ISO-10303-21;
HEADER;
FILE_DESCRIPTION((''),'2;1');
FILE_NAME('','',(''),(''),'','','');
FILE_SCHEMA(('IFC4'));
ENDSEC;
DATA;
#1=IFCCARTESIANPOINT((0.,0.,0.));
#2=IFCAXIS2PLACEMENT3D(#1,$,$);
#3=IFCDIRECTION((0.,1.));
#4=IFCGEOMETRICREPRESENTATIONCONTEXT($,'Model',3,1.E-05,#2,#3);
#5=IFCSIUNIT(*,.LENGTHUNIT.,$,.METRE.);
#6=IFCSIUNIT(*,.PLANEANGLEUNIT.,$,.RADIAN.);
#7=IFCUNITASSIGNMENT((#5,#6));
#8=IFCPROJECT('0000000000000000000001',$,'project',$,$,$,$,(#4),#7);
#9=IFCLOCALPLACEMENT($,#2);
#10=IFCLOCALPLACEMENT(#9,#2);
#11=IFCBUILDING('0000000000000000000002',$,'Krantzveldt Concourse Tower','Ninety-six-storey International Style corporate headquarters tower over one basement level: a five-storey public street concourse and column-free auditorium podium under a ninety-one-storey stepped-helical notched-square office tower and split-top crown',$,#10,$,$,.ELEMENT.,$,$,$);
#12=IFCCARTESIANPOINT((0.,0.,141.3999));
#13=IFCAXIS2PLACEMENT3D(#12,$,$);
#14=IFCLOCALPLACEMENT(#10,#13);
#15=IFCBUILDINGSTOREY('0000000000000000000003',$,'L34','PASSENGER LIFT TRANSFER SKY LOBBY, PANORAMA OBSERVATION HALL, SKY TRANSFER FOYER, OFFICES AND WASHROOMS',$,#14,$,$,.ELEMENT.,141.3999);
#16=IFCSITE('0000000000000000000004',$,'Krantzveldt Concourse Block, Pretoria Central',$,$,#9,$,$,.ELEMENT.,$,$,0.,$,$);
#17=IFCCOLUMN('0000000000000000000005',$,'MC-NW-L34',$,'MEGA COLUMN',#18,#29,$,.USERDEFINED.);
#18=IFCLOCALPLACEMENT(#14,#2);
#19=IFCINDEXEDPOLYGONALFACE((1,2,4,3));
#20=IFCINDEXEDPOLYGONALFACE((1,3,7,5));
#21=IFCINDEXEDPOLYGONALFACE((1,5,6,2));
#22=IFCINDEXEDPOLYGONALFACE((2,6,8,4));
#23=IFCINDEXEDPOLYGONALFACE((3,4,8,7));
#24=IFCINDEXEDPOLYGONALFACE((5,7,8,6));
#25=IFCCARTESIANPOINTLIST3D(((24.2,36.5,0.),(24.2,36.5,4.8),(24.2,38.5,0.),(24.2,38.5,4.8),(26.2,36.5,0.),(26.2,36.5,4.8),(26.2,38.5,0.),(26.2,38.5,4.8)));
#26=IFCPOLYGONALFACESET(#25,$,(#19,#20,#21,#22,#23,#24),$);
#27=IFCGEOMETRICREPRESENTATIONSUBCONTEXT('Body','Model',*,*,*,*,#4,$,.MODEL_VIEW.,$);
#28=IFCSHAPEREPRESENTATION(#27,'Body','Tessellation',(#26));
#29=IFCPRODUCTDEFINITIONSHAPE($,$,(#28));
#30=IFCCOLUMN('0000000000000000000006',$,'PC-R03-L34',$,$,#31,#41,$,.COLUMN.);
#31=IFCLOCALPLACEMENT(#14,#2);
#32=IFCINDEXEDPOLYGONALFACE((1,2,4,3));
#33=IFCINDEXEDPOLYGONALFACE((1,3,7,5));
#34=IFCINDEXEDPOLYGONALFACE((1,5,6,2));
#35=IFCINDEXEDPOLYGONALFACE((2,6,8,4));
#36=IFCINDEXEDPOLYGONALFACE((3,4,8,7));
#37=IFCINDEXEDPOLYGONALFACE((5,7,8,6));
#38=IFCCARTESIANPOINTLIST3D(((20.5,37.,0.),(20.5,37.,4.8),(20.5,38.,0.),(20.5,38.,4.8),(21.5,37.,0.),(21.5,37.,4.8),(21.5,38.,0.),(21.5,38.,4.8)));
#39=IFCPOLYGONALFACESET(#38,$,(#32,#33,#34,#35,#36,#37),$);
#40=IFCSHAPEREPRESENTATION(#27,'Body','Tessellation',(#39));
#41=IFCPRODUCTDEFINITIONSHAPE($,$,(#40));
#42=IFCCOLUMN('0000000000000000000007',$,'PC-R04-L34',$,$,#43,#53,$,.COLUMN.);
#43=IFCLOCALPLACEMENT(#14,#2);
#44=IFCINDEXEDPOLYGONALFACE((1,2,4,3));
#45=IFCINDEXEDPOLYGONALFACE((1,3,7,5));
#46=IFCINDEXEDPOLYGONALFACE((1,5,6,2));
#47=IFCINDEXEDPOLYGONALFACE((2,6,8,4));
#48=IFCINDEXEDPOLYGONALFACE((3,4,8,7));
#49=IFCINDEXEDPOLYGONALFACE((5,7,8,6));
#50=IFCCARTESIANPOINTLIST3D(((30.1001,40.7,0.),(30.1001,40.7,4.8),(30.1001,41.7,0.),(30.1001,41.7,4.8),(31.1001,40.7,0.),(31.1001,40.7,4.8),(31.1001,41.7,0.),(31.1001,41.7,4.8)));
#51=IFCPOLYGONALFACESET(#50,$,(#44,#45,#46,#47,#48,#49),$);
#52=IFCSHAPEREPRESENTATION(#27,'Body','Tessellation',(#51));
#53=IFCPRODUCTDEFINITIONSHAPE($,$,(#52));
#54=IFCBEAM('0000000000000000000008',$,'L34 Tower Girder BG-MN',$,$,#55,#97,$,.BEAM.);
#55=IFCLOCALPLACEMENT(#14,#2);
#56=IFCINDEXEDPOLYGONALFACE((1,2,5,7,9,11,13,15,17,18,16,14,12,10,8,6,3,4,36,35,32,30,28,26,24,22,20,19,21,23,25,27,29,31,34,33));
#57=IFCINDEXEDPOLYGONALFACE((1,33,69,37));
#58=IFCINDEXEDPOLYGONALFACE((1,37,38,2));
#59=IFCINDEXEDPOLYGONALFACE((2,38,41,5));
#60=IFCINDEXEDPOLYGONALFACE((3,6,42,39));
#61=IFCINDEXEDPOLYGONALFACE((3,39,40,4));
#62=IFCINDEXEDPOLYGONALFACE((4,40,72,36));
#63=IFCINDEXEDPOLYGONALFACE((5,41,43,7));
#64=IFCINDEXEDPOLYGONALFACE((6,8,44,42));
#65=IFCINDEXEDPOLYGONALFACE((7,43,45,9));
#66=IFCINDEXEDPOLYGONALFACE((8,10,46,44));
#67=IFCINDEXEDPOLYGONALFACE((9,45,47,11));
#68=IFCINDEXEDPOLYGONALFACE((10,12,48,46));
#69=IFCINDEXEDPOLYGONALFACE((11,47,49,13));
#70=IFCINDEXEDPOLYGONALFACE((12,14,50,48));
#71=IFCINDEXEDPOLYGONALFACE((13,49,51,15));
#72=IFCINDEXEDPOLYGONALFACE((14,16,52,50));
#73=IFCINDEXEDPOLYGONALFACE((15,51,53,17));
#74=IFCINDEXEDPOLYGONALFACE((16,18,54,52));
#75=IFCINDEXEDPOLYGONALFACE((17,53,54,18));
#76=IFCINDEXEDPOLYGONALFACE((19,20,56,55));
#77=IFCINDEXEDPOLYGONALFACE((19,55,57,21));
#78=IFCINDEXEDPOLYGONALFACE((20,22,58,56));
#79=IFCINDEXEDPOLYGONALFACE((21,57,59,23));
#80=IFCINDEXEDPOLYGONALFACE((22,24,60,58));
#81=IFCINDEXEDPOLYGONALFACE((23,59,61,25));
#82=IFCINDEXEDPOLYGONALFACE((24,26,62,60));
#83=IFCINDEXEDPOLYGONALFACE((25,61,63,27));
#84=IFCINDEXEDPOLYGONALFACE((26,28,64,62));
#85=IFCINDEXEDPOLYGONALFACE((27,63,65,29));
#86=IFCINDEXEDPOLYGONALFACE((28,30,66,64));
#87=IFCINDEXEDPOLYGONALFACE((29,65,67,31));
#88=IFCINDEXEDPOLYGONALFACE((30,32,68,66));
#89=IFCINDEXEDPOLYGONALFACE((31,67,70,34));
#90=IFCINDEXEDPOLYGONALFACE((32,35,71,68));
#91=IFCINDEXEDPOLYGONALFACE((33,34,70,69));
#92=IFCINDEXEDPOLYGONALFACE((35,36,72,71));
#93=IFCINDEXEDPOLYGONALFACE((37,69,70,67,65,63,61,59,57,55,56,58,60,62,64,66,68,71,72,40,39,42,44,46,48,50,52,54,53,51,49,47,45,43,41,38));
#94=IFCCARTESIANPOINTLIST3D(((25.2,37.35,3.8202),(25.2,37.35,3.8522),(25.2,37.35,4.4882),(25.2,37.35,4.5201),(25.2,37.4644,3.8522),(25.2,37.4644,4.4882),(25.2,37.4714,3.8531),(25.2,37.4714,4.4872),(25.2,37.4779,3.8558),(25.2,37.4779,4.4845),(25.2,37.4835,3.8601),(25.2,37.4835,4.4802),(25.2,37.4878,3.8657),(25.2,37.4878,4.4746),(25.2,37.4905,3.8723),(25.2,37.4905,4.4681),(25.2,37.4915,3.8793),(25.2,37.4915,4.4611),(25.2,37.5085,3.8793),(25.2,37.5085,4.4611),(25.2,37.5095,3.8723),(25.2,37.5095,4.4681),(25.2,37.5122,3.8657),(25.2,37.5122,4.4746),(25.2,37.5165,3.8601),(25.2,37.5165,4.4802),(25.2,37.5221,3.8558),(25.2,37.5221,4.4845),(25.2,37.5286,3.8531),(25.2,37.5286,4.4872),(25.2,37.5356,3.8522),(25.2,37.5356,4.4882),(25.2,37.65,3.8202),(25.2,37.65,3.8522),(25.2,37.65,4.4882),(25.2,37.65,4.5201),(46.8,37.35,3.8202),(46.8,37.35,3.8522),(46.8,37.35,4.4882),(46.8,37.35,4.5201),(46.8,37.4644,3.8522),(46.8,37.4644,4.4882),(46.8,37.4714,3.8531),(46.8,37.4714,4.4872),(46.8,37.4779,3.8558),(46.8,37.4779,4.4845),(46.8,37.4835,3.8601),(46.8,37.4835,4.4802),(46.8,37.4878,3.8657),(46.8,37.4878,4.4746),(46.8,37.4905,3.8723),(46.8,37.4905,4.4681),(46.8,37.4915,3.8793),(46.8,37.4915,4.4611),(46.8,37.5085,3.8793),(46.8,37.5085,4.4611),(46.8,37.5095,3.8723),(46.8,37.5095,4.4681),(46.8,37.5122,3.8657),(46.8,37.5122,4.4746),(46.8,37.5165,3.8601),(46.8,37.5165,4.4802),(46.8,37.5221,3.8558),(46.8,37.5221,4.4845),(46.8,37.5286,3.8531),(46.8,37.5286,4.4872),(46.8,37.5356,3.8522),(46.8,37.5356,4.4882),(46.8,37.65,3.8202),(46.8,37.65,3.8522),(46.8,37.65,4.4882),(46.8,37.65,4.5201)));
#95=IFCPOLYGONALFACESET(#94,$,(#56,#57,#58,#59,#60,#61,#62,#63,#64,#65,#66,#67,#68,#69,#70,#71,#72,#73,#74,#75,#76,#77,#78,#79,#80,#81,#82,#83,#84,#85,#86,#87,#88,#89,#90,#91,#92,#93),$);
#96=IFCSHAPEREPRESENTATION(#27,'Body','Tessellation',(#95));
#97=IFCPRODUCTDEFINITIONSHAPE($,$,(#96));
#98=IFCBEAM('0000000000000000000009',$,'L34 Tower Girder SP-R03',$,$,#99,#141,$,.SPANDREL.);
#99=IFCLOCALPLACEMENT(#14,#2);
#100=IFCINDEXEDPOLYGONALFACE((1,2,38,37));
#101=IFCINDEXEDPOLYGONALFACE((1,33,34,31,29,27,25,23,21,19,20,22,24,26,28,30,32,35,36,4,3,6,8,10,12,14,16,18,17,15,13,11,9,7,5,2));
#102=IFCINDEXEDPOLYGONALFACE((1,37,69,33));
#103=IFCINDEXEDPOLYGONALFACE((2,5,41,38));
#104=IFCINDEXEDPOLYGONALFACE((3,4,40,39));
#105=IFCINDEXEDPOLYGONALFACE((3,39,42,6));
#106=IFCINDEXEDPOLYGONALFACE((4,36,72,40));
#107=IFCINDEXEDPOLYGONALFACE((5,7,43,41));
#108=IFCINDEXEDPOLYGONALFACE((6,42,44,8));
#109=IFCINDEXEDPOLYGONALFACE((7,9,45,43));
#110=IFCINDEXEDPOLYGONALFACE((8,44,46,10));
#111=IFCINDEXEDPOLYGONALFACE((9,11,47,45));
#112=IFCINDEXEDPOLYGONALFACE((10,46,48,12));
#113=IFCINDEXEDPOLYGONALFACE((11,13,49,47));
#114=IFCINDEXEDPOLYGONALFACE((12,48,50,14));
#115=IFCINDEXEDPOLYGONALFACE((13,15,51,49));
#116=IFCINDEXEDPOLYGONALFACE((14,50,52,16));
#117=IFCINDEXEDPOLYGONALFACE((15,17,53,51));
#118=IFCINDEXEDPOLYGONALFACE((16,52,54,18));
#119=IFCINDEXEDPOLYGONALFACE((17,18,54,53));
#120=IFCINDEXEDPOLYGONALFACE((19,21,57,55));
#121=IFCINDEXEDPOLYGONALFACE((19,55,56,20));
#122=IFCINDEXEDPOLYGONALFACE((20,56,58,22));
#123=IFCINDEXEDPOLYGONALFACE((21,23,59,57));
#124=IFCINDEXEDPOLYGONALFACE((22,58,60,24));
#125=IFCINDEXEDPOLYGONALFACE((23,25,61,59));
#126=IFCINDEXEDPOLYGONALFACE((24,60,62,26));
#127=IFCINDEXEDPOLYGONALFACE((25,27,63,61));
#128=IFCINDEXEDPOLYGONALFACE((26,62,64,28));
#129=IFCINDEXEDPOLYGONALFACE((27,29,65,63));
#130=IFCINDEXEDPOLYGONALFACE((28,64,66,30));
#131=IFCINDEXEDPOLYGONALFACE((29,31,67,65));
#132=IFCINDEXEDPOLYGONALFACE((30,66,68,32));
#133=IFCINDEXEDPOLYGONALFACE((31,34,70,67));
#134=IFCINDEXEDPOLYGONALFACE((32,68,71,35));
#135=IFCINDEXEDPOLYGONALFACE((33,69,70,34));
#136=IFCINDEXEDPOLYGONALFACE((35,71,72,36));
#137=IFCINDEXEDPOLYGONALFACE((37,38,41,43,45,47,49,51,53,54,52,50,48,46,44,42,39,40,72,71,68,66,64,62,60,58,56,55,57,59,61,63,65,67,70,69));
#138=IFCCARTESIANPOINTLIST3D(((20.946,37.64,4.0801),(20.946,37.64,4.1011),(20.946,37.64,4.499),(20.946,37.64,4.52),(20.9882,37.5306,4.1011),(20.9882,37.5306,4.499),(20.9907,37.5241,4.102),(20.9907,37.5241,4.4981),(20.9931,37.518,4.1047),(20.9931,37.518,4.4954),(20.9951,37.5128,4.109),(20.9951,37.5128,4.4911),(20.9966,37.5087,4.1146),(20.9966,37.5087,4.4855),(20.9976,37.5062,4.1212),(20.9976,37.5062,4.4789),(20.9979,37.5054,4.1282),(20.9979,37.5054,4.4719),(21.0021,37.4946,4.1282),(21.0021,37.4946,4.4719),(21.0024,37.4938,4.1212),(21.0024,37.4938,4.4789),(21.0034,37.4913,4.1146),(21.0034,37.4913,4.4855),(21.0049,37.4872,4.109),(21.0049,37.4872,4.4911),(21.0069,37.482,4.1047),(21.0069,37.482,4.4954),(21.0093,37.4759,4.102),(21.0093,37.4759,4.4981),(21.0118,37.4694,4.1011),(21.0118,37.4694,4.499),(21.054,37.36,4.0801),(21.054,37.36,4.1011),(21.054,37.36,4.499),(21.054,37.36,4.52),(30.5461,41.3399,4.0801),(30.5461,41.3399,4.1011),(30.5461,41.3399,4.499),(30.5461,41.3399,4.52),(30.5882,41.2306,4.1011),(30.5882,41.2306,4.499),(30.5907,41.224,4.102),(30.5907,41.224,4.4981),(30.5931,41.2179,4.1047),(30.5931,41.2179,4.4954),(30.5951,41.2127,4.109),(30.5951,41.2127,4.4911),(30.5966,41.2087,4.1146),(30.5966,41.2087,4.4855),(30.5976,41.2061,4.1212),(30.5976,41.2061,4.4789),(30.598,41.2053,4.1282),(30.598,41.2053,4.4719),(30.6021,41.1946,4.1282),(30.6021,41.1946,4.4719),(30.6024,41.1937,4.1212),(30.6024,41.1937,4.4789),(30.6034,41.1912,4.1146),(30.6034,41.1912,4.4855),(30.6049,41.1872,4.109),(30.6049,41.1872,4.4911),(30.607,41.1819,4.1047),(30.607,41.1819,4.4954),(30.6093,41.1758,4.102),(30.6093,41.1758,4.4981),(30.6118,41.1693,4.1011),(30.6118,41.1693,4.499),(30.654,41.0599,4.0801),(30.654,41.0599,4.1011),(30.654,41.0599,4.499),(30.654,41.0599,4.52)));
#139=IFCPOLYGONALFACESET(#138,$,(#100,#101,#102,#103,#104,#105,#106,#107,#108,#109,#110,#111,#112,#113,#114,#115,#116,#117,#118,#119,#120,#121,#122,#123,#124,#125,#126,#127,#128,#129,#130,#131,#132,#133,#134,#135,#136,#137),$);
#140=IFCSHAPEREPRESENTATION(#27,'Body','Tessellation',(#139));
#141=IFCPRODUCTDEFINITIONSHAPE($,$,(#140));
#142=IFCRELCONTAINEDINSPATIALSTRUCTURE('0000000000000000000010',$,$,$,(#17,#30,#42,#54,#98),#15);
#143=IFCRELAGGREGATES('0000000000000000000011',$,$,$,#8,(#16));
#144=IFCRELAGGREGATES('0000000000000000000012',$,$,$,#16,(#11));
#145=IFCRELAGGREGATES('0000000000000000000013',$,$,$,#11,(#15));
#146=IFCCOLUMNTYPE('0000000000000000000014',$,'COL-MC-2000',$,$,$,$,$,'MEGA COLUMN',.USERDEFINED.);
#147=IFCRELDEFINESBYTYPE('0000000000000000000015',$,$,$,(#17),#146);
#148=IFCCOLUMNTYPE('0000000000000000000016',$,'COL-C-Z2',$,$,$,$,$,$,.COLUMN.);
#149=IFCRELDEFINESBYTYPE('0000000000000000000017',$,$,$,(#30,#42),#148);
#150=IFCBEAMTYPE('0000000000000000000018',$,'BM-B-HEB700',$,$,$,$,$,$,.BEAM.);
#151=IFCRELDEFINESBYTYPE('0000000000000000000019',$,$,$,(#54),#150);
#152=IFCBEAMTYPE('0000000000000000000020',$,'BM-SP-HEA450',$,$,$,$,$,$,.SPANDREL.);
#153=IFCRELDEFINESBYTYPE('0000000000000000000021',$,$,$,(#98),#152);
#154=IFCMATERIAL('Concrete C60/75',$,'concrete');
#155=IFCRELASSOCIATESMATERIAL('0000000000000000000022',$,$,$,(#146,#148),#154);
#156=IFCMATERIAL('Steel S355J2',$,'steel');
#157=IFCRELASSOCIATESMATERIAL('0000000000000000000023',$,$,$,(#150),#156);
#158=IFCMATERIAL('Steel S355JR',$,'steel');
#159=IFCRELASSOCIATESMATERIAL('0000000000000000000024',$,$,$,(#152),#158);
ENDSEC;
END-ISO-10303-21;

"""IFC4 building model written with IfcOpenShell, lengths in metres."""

from ifc_helpers import new_model, si_unit, direction, frame, origin, origin_2d, place, context, subcontext, project, spatial, rectangle, i_section, extrude, source, transform, mapped, material, material_profile, profile_set, type_object, type_shapes, element, save


model = new_model("IFC4")

# Units and contexts
model_context = context("Model", 3, precision=1e-05, world=origin(), true_north=direction((0.0, 1.0)))
body_context = subcontext(model_context, "Body", "Model", "MODEL_VIEW")
ifc_project = project(units=[si_unit("LENGTHUNIT", "METRE"), si_unit("PLANEANGLEUNIT", "RADIAN")], contexts=[model_context])

# Site, building, storey
site_placement = place(None, origin())
site = spatial("IfcSite", under=ifc_project, at=site_placement, Name="Krantzveldt Concourse Block, Pretoria Central", CompositionType="ELEMENT", RefElevation=0.0)
building_placement = place(site_placement, origin())
building = spatial("IfcBuilding", under=site, at=building_placement, Name="Krantzveldt Concourse Tower", Description="Ninety-six-storey International Style corporate headquarters tower over one basement level: a five-storey public street concourse and column-free auditorium podium under a ninety-one-storey stepped-helical notched-square office tower and split-top crown", CompositionType="ELEMENT")
storey_placement = place(building_placement, frame((0.0, 0.0, 141.3999)))
storey = spatial("IfcBuildingStorey", under=building, at=storey_placement, Name="L34", Description="PASSENGER LIFT TRANSFER SKY LOBBY, PANORAMA OBSERVATION HALL, SKY TRANSFER FOYER, OFFICES AND WASHROOMS", CompositionType="ELEMENT", Elevation=141.3999)

# Columns
ifc_material_1 = material(Name="Concrete C60/75", Category="concrete")
ifc_material_profile_1 = material_profile(ifc_material_1, rectangle(XDim=2.0, YDim=2.0, at=origin_2d()), Name="Concrete C60/75", Category="concrete")
ifc_profile_set_1 = profile_set([ifc_material_profile_1], Name="Concrete C60/75 - RC 2000x2000")
column_type_1 = type_object("IfcColumnType", Name="COL-MC-2000", ElementType="MEGA COLUMN", PredefinedType="USERDEFINED", material=ifc_profile_set_1)
shared_shape_1 = source(origin(), body_context, "Body", "SweptSolid", [
    extrude(rectangle(XDim=2.0, YDim=2.0, at=origin_2d()), origin(), (0.0, 0.0, 1.0), 4.8),
])
type_shapes(column_type_1, [shared_shape_1])
column_placement = place(storey_placement, frame((25.2, 37.5, 0.0), z_axis=(0.0, 0.0, 1.0), x_axis=(1.0, 0.0, 0.0)))
element("IfcColumn", 1, at=column_placement, inside=storey, type_object=column_type_1, Name="MC-NW-L34", ObjectType="MEGA COLUMN", PredefinedType="USERDEFINED", context=body_context, shape_type="MappedRepresentation", body=[
    mapped(shared_shape_1, transform((0.0, 0.0, 0.0), x_axis=(1.0, 0.0, 0.0), y_axis=(0.0, 1.0, 0.0), z_axis=(0.0, 0.0, 1.0), scale=1.0)),
])
ifc_material_profile_2 = material_profile(ifc_material_1, rectangle(XDim=1.0, YDim=1.0, at=origin_2d()), Name="Concrete C60/75", Category="concrete")
ifc_profile_set_2 = profile_set([ifc_material_profile_2], Name="Concrete C60/75 - RC 1000x1000")
column_type_2 = type_object("IfcColumnType", Name="COL-C-Z2", PredefinedType="COLUMN", material=ifc_profile_set_2)
shared_shape_2 = source(origin(), body_context, "Body", "SweptSolid", [
    extrude(rectangle(XDim=1.0, YDim=1.0, at=origin_2d()), origin(), (0.0, 0.0, 1.0), 4.8),
])
type_shapes(column_type_2, [shared_shape_2])
for number, where, z_axis, x_axis, name in (
    (2, (21.0, 37.5, 0.0), (0.0, 0.0, 1.0), (1.0, 0.0, 0.0), "PC-R03-L34"),
    (3, (30.6001, 41.2, 0.0), (0.0, 0.0, 1.0), (1.0, 0.0, 0.0), "PC-R04-L34"),
):
    element("IfcColumn", number, at=place(storey_placement, frame(where, z_axis=z_axis, x_axis=x_axis)), inside=storey, type_object=column_type_2, Name=name, PredefinedType="COLUMN", context=body_context, shape_type="MappedRepresentation", body=[
        mapped(shared_shape_2, transform((0.0, 0.0, 0.0), x_axis=(1.0, 0.0, 0.0), y_axis=(0.0, 1.0, 0.0), z_axis=(0.0, 0.0, 1.0), scale=1.0)),
    ])

# Beams
ifc_material_2 = material(Name="Steel S355J2", Category="steel")
ifc_material_profile_3 = material_profile(ifc_material_2, i_section(OverallWidth=0.3, OverallDepth=0.7, WebThickness=0.0171, FlangeThickness=0.032, FilletRadius=0.0271, at=origin_2d()), Name="Steel S355J2", Category="steel")
ifc_profile_set_3 = profile_set([ifc_material_profile_3], Name="Steel S355J2 - HEB 700")
beam_type_1 = type_object("IfcBeamType", Name="BM-B-HEB700", PredefinedType="BEAM", material=ifc_profile_set_3)
shared_shape_3 = source(origin(), body_context, "Body", "SweptSolid", [
    extrude(i_section(OverallWidth=0.3, OverallDepth=0.7, WebThickness=0.0171, FlangeThickness=0.032, FilletRadius=0.0271, at=origin_2d()), origin(), (0.0, 0.0, 1.0), 21.6001),
])
type_shapes(beam_type_1, [shared_shape_3])
beam_1_placement = place(storey_placement, frame((25.2, 37.5, 4.1702), z_axis=(1.0, 0.0, 0.0), x_axis=(0.0, 1.0, 0.0)))
element("IfcBeam", 4, at=beam_1_placement, inside=storey, type_object=beam_type_1, Name="L34 Tower Girder BG-MN", PredefinedType="BEAM", context=body_context, shape_type="MappedRepresentation", body=[
    mapped(shared_shape_3, transform((0.0, 0.0, 0.0), x_axis=(1.0, 0.0, 0.0), y_axis=(0.0, 1.0, 0.0), z_axis=(0.0, 0.0, 1.0), scale=1.0)),
])
ifc_material_3 = material(Name="Steel S355JR", Category="steel")
ifc_material_profile_4 = material_profile(ifc_material_3, i_section(OverallWidth=0.3, OverallDepth=0.4399, WebThickness=0.0115, FlangeThickness=0.021, FilletRadius=0.0271, at=origin_2d()), Name="Steel S355JR", Category="steel")
ifc_profile_set_4 = profile_set([ifc_material_profile_4], Name="Steel S355JR - HEA 450")
beam_type_2 = type_object("IfcBeamType", Name="BM-SP-HEA450", PredefinedType="SPANDREL", material=ifc_profile_set_4)
shared_shape_4 = source(origin(), body_context, "Body", "SweptSolid", [
    extrude(i_section(OverallWidth=0.3, OverallDepth=0.4399, WebThickness=0.0115, FlangeThickness=0.021, FilletRadius=0.0271, at=origin_2d()), origin(), (0.0, 0.0, 1.0), 10.2883),
])
beam_2_placement = place(storey_placement, frame((21.0, 37.5, 4.3), z_axis=(0.933098, 0.359623, 0.0), x_axis=(-0.359623, 0.933098, 0.0)))
element("IfcBeam", 5, at=beam_2_placement, inside=storey, type_object=beam_type_2, Name="L34 Tower Girder SP-R03", PredefinedType="SPANDREL", context=body_context, shape_type="MappedRepresentation", body=[
    mapped(shared_shape_4, transform((0.0, 0.0, 0.0), x_axis=(1.0, 0.0, 0.0), y_axis=(0.0, 1.0, 0.0), z_axis=(0.0, 0.0, 1.0), scale=1.0)),
])

save(model, "model.ifc")
